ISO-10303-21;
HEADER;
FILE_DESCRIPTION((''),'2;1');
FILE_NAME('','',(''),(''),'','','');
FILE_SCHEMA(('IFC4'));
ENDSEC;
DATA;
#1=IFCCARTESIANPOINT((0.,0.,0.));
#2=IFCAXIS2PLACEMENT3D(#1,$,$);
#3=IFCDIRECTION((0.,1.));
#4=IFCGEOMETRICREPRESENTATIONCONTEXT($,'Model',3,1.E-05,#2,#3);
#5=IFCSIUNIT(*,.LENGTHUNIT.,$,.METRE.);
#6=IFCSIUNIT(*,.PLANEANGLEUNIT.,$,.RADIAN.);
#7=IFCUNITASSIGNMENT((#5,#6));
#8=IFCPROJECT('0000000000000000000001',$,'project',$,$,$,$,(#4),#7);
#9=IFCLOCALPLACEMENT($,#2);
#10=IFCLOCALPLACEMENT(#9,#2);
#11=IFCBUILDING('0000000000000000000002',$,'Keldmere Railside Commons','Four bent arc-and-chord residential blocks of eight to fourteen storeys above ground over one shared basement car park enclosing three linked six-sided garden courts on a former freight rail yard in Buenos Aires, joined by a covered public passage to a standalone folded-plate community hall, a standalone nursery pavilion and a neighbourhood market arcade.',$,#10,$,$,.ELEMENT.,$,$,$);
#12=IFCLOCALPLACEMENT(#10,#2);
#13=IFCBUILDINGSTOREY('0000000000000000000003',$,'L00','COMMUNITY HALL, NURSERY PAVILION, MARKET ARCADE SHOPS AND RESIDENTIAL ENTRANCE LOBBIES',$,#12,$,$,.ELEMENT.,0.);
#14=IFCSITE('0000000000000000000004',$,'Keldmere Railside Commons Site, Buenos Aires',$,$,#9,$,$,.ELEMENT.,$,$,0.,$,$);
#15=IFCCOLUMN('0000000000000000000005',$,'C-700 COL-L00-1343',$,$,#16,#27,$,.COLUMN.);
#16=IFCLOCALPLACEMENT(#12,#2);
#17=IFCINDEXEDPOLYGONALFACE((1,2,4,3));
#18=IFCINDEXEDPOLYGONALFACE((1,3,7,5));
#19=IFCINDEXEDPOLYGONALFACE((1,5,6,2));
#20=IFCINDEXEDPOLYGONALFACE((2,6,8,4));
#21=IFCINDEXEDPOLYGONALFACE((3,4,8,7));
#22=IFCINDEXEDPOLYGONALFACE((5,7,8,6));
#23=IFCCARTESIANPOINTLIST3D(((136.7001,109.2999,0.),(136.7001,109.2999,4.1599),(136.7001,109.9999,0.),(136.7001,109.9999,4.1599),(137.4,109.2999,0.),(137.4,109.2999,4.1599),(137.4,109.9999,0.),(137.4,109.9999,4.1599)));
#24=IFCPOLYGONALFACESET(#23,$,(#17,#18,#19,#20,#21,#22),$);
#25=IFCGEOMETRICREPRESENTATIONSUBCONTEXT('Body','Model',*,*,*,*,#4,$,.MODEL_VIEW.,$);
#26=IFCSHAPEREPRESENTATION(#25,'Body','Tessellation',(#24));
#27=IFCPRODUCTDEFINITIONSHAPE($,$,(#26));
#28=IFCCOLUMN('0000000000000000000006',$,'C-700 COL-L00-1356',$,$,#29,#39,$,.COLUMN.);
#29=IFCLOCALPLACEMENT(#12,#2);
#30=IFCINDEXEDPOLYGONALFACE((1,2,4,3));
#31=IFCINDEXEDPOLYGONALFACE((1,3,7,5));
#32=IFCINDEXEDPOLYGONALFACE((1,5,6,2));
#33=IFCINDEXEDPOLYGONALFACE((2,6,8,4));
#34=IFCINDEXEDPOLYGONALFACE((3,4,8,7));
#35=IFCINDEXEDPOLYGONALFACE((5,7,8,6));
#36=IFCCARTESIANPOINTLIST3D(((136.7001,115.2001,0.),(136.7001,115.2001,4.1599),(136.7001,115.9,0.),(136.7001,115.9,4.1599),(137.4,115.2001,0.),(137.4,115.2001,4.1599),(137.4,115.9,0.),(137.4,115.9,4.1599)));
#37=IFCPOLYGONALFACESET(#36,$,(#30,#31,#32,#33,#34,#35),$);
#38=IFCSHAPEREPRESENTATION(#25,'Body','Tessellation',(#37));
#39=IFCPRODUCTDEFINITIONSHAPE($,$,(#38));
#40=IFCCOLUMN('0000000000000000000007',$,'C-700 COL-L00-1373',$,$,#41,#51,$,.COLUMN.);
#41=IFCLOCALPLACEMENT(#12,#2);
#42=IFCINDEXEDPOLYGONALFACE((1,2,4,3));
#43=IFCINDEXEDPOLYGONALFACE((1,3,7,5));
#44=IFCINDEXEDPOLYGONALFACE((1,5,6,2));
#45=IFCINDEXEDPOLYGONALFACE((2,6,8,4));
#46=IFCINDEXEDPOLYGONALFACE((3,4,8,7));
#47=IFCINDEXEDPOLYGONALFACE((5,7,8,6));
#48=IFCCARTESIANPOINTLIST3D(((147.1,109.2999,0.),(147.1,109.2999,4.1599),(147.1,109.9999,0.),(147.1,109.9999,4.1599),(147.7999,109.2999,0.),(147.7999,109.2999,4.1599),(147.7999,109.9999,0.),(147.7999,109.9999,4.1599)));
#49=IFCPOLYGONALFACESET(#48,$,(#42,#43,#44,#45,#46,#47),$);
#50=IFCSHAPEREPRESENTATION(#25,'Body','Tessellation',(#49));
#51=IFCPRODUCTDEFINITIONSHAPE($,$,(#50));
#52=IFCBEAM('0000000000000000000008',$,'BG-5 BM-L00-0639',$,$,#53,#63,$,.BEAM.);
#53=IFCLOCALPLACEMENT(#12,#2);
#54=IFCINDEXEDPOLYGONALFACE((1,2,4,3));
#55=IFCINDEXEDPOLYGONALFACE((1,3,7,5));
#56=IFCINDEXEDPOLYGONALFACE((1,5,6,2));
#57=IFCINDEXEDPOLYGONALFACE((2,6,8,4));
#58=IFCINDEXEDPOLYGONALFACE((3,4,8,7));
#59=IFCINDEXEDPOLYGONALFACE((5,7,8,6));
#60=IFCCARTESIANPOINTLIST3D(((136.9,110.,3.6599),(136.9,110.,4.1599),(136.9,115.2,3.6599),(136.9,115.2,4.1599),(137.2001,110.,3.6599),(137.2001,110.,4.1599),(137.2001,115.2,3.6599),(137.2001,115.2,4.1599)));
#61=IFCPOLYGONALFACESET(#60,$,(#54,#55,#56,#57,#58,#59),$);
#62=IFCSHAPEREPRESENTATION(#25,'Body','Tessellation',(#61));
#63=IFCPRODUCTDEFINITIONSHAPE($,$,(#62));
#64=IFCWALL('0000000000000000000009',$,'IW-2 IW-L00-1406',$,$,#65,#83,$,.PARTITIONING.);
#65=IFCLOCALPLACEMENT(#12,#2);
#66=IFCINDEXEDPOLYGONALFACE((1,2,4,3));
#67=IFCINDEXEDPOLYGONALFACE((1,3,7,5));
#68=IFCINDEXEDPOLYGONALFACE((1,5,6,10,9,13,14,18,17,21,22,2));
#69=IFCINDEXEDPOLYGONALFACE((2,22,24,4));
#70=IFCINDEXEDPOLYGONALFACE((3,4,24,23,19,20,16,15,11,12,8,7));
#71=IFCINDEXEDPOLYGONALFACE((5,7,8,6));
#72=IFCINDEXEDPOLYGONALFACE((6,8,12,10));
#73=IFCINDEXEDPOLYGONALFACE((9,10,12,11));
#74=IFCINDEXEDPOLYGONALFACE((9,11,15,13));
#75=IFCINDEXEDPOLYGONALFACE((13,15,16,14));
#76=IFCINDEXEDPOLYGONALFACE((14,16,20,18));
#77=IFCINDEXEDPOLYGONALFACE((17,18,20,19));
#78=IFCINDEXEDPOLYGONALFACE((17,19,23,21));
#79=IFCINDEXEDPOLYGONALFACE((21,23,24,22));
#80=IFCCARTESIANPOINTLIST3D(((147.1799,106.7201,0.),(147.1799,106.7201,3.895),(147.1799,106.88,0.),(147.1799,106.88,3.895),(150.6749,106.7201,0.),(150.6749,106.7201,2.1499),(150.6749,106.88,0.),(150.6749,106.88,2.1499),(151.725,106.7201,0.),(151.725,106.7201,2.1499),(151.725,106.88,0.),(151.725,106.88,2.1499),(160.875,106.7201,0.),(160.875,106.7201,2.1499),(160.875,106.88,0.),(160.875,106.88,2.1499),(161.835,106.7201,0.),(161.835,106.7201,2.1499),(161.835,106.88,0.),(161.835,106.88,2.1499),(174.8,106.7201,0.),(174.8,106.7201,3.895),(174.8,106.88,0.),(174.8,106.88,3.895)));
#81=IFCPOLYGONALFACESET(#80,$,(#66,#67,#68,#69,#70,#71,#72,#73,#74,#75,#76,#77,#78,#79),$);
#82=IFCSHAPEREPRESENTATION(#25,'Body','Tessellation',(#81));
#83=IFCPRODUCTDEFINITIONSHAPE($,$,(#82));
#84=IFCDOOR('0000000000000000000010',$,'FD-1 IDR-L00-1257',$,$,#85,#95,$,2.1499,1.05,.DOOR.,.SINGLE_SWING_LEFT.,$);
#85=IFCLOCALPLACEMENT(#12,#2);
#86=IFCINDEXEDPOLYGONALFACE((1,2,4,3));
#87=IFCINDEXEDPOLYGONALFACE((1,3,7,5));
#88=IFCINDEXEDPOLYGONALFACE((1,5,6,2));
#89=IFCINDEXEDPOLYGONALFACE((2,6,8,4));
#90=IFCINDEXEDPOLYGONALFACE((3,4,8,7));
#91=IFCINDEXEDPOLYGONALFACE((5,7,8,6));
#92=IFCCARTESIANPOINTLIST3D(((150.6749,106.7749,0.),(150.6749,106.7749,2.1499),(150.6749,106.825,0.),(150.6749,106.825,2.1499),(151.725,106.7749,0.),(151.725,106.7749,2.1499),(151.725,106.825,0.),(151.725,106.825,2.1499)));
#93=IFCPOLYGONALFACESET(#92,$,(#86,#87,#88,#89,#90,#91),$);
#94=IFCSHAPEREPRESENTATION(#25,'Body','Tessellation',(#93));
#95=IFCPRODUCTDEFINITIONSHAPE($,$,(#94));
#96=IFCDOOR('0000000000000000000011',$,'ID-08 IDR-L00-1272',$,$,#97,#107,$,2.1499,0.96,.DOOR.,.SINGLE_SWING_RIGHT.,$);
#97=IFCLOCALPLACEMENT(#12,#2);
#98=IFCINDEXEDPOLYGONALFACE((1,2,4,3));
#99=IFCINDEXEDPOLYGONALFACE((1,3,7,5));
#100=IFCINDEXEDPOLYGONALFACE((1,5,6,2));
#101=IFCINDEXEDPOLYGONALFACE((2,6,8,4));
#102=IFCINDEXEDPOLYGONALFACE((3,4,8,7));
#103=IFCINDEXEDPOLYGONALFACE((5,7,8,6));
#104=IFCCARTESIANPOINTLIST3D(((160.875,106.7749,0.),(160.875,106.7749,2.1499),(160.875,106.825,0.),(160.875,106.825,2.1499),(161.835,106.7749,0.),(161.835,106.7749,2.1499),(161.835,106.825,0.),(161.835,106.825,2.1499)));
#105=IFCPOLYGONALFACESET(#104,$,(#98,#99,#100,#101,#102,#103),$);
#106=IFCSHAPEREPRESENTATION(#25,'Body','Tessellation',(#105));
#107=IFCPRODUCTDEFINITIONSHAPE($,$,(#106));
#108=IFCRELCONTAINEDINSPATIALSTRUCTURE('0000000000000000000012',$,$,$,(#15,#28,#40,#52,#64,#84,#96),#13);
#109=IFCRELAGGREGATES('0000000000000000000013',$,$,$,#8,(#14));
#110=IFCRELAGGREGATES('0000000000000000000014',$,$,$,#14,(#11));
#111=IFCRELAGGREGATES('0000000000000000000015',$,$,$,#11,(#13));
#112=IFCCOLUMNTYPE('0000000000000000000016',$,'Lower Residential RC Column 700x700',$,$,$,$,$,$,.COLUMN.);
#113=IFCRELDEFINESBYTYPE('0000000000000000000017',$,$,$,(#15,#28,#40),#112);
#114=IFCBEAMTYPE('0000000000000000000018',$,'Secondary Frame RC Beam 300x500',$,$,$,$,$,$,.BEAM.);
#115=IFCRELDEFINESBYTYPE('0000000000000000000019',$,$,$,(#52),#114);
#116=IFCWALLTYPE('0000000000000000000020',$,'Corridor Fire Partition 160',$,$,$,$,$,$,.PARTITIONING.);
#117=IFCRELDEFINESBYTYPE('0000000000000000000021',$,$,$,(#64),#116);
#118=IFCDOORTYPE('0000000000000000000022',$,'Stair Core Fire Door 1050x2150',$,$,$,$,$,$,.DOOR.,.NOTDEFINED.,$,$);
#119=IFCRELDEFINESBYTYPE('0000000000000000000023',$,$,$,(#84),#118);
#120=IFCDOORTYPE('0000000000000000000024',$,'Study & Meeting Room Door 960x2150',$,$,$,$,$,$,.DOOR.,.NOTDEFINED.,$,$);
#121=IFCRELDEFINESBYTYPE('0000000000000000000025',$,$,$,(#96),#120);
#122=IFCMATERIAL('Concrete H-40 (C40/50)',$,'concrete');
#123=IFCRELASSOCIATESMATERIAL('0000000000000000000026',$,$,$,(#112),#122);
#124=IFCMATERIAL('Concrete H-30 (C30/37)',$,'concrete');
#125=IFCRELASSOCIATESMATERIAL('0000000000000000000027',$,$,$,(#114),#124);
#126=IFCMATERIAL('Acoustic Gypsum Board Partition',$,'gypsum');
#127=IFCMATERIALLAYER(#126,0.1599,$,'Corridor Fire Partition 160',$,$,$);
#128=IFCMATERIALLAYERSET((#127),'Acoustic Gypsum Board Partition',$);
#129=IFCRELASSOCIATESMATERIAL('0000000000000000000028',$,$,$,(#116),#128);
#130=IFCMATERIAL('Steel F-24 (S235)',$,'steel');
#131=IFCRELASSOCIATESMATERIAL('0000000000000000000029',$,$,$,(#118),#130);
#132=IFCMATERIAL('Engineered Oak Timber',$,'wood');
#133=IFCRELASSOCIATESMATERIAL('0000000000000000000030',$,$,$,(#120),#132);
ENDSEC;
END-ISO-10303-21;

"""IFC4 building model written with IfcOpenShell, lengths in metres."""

from ifc_helpers import new_model, si_unit, direction, frame, frame_2d, origin, origin_2d, place, context, subcontext, project, spatial, rectangle, extrude, material, layer, layer_set, material_profile, profile_set, type_object, element, fill, save


model = new_model("IFC4")

# Units and contexts
model_context = context("Model", 3, precision=1e-05, world=origin(), true_north=direction((0.0, 1.0)))
body_context = subcontext(model_context, "Body", "Model", "MODEL_VIEW")
ifc_project = project(units=[si_unit("LENGTHUNIT", "METRE"), si_unit("PLANEANGLEUNIT", "RADIAN")], contexts=[model_context])

# Site, building, storey
site_placement = place(None, origin())
site = spatial("IfcSite", under=ifc_project, at=site_placement, Name="Keldmere Railside Commons Site, Buenos Aires", CompositionType="ELEMENT", RefElevation=0.0)
building_placement = place(site_placement, origin())
building = spatial("IfcBuilding", under=site, at=building_placement, Name="Keldmere Railside Commons", Description="Four bent arc-and-chord residential blocks of eight to fourteen storeys above ground over one shared basement car park enclosing three linked six-sided garden courts on a former freight rail yard in Buenos Aires, joined by a covered public passage to a standalone folded-plate community hall, a standalone nursery pavilion and a neighbourhood market arcade.", CompositionType="ELEMENT")
storey_placement = place(building_placement, origin())
storey = spatial("IfcBuildingStorey", under=building, at=storey_placement, Name="L00", Description="COMMUNITY HALL, NURSERY PAVILION, MARKET ARCADE SHOPS AND RESIDENTIAL ENTRANCE LOBBIES", CompositionType="ELEMENT", Elevation=0.0)

# Columns
ifc_material_1 = material(Name="Concrete H-40 (C40/50)", Category="concrete")
ifc_material_profile_1 = material_profile(ifc_material_1, rectangle(XDim=0.7, YDim=0.7, at=origin_2d()), Name="RC-700x700")
ifc_profile_set_1 = profile_set([ifc_material_profile_1], Name="Concrete H-40 (C40/50)")
column_type = type_object("IfcColumnType", Name="Lower Residential RC Column 700x700", PredefinedType="COLUMN", material=ifc_profile_set_1)
for number, where, z_axis, x_axis, name in (
    (1, (137.05, 109.6499, 0.0), (0.0, 0.0, 1.0), (1.0, 0.0, 0.0), "C-700 COL-L00-1343"),
    (2, (137.05, 115.55, 0.0), (0.0, 0.0, 1.0), (1.0, 0.0, 0.0), "C-700 COL-L00-1356"),
    (3, (147.45, 109.6499, 0.0), (0.0, 0.0, 1.0), (1.0, 0.0, 0.0), "C-700 COL-L00-1373"),
):
    element("IfcColumn", number, at=place(storey_placement, frame(where, z_axis=z_axis, x_axis=x_axis)), inside=storey, type_object=column_type, Name=name, PredefinedType="COLUMN", context=body_context, shape_type="SweptSolid", body=[
        extrude(rectangle(XDim=0.7, YDim=0.7, at=origin_2d()), origin(), (0.0, 0.0, 1.0), 4.1599),
    ])

# Beam
ifc_material_2 = material(Name="Concrete H-30 (C30/37)", Category="concrete")
ifc_material_profile_2 = material_profile(ifc_material_2, rectangle(XDim=0.3, YDim=0.5, at=origin_2d()), Name="RC-300x500")
ifc_profile_set_2 = profile_set([ifc_material_profile_2], Name="Concrete H-30 (C30/37)")
beam_type = type_object("IfcBeamType", Name="Secondary Frame RC Beam 300x500", PredefinedType="BEAM", material=ifc_profile_set_2)
beam_placement = place(storey_placement, frame((137.05, 110.0, 3.9099), z_axis=(0.0, 1.0, 0.0), x_axis=(-1.0, 0.0, 0.0)))
element("IfcBeam", 4, at=beam_placement, inside=storey, type_object=beam_type, Name="BG-5 BM-L00-0639", PredefinedType="BEAM", context=body_context, shape_type="SweptSolid", body=[
    extrude(rectangle(XDim=0.3, YDim=0.5, at=origin_2d()), origin(), (0.0, 0.0, 1.0), 5.2),
])

# Wall, openings, doors
ifc_material_3 = material(Name="Acoustic Gypsum Board Partition", Category="gypsum")
ifc_layer_1 = layer(ifc_material_3, 0.1599, Name="Corridor Fire Partition 160")
ifc_layer_set_1 = layer_set([ifc_layer_1], Name="Acoustic Gypsum Board Partition")
wall_type_1 = type_object("IfcWallType", Name="Corridor Fire Partition 160", PredefinedType="PARTITIONING", material=ifc_layer_set_1)
wall_1_placement = place(storey_placement, frame((147.1799, 106.8, 0.0), z_axis=(0.0, 0.0, 1.0), x_axis=(1.0, 0.0, 0.0)))
wall_1 = element("IfcWall", 5, at=wall_1_placement, inside=storey, type_object=wall_type_1, Name="IW-2 IW-L00-1406", PredefinedType="PARTITIONING", context=body_context, shape_type="SweptSolid", body=[
    extrude(rectangle(XDim=27.6201, YDim=0.1599, at=frame_2d((13.8101, 0.0))), origin(), (0.0, 0.0, 1.0), 3.895),
])
opening_1_placement = place(wall_1_placement, frame((3.4951, 0.0, 0.0)))
opening_1 = element("IfcOpeningElement", 6, at=opening_1_placement, cuts=wall_1, PredefinedType="OPENING", context=body_context, shape_type="SweptSolid", body=[
    extrude(rectangle(XDim=1.05, YDim=2.1499, at=frame_2d((0.5249, 1.075))), frame((0.0, 0.0898, 0.0), z_axis=(0.0, -1.0, 0.0), x_axis=(1.0, 0.0, 0.0)), (0.0, 0.0, 1.0), 0.1799),
])
opening_2_placement = place(wall_1_placement, frame((13.6951, 0.0, 0.0)))
opening_2 = element("IfcOpeningElement", 7, at=opening_2_placement, cuts=wall_1, PredefinedType="OPENING", context=body_context, shape_type="SweptSolid", body=[
    extrude(rectangle(XDim=0.96, YDim=2.1499, at=frame_2d((0.48, 1.075))), frame((0.0, 0.0898, 0.0), z_axis=(0.0, -1.0, 0.0), x_axis=(1.0, 0.0, 0.0)), (0.0, 0.0, 1.0), 0.1799),
])
ifc_material_4 = material(Name="Steel F-24 (S235)", Category="steel")
door_type_1 = type_object("IfcDoorType", Name="Stair Core Fire Door 1050x2150", OperationType="NOTDEFINED", PredefinedType="DOOR", material=ifc_material_4)
door_1_placement = place(opening_1_placement, origin())
door_1 = element("IfcDoor", 8, at=door_1_placement, inside=storey, type_object=door_type_1, Name="FD-1 IDR-L00-1257", OperationType="SINGLE_SWING_LEFT", OverallHeight=2.1499, OverallWidth=1.05, PredefinedType="DOOR", context=body_context, shape_type="SweptSolid", body=[
    extrude(rectangle(XDim=1.05, YDim=2.1499, at=frame_2d((0.5249, 1.075))), frame((0.0, 0.0249, 0.0), z_axis=(0.0, -1.0, 0.0), x_axis=(1.0, 0.0, 0.0)), (0.0, 0.0, 1.0), 0.05),
])
fill(opening_1, door_1)
ifc_material_5 = material(Name="Engineered Oak Timber", Category="wood")
door_type_2 = type_object("IfcDoorType", Name="Study & Meeting Room Door 960x2150", OperationType="NOTDEFINED", PredefinedType="DOOR", material=ifc_material_5)
door_2_placement = place(opening_2_placement, origin())
door_2 = element("IfcDoor", 9, at=door_2_placement, inside=storey, type_object=door_type_2, Name="ID-08 IDR-L00-1272", OperationType="SINGLE_SWING_RIGHT", OverallHeight=2.1499, OverallWidth=0.96, PredefinedType="DOOR", context=body_context, shape_type="SweptSolid", body=[
    extrude(rectangle(XDim=0.96, YDim=2.1499, at=frame_2d((0.48, 1.075))), frame((0.0, 0.0249, 0.0), z_axis=(0.0, -1.0, 0.0), x_axis=(1.0, 0.0, 0.0)), (0.0, 0.0, 1.0), 0.05),
])
fill(opening_2, door_2)

save(model, "model.ifc")
